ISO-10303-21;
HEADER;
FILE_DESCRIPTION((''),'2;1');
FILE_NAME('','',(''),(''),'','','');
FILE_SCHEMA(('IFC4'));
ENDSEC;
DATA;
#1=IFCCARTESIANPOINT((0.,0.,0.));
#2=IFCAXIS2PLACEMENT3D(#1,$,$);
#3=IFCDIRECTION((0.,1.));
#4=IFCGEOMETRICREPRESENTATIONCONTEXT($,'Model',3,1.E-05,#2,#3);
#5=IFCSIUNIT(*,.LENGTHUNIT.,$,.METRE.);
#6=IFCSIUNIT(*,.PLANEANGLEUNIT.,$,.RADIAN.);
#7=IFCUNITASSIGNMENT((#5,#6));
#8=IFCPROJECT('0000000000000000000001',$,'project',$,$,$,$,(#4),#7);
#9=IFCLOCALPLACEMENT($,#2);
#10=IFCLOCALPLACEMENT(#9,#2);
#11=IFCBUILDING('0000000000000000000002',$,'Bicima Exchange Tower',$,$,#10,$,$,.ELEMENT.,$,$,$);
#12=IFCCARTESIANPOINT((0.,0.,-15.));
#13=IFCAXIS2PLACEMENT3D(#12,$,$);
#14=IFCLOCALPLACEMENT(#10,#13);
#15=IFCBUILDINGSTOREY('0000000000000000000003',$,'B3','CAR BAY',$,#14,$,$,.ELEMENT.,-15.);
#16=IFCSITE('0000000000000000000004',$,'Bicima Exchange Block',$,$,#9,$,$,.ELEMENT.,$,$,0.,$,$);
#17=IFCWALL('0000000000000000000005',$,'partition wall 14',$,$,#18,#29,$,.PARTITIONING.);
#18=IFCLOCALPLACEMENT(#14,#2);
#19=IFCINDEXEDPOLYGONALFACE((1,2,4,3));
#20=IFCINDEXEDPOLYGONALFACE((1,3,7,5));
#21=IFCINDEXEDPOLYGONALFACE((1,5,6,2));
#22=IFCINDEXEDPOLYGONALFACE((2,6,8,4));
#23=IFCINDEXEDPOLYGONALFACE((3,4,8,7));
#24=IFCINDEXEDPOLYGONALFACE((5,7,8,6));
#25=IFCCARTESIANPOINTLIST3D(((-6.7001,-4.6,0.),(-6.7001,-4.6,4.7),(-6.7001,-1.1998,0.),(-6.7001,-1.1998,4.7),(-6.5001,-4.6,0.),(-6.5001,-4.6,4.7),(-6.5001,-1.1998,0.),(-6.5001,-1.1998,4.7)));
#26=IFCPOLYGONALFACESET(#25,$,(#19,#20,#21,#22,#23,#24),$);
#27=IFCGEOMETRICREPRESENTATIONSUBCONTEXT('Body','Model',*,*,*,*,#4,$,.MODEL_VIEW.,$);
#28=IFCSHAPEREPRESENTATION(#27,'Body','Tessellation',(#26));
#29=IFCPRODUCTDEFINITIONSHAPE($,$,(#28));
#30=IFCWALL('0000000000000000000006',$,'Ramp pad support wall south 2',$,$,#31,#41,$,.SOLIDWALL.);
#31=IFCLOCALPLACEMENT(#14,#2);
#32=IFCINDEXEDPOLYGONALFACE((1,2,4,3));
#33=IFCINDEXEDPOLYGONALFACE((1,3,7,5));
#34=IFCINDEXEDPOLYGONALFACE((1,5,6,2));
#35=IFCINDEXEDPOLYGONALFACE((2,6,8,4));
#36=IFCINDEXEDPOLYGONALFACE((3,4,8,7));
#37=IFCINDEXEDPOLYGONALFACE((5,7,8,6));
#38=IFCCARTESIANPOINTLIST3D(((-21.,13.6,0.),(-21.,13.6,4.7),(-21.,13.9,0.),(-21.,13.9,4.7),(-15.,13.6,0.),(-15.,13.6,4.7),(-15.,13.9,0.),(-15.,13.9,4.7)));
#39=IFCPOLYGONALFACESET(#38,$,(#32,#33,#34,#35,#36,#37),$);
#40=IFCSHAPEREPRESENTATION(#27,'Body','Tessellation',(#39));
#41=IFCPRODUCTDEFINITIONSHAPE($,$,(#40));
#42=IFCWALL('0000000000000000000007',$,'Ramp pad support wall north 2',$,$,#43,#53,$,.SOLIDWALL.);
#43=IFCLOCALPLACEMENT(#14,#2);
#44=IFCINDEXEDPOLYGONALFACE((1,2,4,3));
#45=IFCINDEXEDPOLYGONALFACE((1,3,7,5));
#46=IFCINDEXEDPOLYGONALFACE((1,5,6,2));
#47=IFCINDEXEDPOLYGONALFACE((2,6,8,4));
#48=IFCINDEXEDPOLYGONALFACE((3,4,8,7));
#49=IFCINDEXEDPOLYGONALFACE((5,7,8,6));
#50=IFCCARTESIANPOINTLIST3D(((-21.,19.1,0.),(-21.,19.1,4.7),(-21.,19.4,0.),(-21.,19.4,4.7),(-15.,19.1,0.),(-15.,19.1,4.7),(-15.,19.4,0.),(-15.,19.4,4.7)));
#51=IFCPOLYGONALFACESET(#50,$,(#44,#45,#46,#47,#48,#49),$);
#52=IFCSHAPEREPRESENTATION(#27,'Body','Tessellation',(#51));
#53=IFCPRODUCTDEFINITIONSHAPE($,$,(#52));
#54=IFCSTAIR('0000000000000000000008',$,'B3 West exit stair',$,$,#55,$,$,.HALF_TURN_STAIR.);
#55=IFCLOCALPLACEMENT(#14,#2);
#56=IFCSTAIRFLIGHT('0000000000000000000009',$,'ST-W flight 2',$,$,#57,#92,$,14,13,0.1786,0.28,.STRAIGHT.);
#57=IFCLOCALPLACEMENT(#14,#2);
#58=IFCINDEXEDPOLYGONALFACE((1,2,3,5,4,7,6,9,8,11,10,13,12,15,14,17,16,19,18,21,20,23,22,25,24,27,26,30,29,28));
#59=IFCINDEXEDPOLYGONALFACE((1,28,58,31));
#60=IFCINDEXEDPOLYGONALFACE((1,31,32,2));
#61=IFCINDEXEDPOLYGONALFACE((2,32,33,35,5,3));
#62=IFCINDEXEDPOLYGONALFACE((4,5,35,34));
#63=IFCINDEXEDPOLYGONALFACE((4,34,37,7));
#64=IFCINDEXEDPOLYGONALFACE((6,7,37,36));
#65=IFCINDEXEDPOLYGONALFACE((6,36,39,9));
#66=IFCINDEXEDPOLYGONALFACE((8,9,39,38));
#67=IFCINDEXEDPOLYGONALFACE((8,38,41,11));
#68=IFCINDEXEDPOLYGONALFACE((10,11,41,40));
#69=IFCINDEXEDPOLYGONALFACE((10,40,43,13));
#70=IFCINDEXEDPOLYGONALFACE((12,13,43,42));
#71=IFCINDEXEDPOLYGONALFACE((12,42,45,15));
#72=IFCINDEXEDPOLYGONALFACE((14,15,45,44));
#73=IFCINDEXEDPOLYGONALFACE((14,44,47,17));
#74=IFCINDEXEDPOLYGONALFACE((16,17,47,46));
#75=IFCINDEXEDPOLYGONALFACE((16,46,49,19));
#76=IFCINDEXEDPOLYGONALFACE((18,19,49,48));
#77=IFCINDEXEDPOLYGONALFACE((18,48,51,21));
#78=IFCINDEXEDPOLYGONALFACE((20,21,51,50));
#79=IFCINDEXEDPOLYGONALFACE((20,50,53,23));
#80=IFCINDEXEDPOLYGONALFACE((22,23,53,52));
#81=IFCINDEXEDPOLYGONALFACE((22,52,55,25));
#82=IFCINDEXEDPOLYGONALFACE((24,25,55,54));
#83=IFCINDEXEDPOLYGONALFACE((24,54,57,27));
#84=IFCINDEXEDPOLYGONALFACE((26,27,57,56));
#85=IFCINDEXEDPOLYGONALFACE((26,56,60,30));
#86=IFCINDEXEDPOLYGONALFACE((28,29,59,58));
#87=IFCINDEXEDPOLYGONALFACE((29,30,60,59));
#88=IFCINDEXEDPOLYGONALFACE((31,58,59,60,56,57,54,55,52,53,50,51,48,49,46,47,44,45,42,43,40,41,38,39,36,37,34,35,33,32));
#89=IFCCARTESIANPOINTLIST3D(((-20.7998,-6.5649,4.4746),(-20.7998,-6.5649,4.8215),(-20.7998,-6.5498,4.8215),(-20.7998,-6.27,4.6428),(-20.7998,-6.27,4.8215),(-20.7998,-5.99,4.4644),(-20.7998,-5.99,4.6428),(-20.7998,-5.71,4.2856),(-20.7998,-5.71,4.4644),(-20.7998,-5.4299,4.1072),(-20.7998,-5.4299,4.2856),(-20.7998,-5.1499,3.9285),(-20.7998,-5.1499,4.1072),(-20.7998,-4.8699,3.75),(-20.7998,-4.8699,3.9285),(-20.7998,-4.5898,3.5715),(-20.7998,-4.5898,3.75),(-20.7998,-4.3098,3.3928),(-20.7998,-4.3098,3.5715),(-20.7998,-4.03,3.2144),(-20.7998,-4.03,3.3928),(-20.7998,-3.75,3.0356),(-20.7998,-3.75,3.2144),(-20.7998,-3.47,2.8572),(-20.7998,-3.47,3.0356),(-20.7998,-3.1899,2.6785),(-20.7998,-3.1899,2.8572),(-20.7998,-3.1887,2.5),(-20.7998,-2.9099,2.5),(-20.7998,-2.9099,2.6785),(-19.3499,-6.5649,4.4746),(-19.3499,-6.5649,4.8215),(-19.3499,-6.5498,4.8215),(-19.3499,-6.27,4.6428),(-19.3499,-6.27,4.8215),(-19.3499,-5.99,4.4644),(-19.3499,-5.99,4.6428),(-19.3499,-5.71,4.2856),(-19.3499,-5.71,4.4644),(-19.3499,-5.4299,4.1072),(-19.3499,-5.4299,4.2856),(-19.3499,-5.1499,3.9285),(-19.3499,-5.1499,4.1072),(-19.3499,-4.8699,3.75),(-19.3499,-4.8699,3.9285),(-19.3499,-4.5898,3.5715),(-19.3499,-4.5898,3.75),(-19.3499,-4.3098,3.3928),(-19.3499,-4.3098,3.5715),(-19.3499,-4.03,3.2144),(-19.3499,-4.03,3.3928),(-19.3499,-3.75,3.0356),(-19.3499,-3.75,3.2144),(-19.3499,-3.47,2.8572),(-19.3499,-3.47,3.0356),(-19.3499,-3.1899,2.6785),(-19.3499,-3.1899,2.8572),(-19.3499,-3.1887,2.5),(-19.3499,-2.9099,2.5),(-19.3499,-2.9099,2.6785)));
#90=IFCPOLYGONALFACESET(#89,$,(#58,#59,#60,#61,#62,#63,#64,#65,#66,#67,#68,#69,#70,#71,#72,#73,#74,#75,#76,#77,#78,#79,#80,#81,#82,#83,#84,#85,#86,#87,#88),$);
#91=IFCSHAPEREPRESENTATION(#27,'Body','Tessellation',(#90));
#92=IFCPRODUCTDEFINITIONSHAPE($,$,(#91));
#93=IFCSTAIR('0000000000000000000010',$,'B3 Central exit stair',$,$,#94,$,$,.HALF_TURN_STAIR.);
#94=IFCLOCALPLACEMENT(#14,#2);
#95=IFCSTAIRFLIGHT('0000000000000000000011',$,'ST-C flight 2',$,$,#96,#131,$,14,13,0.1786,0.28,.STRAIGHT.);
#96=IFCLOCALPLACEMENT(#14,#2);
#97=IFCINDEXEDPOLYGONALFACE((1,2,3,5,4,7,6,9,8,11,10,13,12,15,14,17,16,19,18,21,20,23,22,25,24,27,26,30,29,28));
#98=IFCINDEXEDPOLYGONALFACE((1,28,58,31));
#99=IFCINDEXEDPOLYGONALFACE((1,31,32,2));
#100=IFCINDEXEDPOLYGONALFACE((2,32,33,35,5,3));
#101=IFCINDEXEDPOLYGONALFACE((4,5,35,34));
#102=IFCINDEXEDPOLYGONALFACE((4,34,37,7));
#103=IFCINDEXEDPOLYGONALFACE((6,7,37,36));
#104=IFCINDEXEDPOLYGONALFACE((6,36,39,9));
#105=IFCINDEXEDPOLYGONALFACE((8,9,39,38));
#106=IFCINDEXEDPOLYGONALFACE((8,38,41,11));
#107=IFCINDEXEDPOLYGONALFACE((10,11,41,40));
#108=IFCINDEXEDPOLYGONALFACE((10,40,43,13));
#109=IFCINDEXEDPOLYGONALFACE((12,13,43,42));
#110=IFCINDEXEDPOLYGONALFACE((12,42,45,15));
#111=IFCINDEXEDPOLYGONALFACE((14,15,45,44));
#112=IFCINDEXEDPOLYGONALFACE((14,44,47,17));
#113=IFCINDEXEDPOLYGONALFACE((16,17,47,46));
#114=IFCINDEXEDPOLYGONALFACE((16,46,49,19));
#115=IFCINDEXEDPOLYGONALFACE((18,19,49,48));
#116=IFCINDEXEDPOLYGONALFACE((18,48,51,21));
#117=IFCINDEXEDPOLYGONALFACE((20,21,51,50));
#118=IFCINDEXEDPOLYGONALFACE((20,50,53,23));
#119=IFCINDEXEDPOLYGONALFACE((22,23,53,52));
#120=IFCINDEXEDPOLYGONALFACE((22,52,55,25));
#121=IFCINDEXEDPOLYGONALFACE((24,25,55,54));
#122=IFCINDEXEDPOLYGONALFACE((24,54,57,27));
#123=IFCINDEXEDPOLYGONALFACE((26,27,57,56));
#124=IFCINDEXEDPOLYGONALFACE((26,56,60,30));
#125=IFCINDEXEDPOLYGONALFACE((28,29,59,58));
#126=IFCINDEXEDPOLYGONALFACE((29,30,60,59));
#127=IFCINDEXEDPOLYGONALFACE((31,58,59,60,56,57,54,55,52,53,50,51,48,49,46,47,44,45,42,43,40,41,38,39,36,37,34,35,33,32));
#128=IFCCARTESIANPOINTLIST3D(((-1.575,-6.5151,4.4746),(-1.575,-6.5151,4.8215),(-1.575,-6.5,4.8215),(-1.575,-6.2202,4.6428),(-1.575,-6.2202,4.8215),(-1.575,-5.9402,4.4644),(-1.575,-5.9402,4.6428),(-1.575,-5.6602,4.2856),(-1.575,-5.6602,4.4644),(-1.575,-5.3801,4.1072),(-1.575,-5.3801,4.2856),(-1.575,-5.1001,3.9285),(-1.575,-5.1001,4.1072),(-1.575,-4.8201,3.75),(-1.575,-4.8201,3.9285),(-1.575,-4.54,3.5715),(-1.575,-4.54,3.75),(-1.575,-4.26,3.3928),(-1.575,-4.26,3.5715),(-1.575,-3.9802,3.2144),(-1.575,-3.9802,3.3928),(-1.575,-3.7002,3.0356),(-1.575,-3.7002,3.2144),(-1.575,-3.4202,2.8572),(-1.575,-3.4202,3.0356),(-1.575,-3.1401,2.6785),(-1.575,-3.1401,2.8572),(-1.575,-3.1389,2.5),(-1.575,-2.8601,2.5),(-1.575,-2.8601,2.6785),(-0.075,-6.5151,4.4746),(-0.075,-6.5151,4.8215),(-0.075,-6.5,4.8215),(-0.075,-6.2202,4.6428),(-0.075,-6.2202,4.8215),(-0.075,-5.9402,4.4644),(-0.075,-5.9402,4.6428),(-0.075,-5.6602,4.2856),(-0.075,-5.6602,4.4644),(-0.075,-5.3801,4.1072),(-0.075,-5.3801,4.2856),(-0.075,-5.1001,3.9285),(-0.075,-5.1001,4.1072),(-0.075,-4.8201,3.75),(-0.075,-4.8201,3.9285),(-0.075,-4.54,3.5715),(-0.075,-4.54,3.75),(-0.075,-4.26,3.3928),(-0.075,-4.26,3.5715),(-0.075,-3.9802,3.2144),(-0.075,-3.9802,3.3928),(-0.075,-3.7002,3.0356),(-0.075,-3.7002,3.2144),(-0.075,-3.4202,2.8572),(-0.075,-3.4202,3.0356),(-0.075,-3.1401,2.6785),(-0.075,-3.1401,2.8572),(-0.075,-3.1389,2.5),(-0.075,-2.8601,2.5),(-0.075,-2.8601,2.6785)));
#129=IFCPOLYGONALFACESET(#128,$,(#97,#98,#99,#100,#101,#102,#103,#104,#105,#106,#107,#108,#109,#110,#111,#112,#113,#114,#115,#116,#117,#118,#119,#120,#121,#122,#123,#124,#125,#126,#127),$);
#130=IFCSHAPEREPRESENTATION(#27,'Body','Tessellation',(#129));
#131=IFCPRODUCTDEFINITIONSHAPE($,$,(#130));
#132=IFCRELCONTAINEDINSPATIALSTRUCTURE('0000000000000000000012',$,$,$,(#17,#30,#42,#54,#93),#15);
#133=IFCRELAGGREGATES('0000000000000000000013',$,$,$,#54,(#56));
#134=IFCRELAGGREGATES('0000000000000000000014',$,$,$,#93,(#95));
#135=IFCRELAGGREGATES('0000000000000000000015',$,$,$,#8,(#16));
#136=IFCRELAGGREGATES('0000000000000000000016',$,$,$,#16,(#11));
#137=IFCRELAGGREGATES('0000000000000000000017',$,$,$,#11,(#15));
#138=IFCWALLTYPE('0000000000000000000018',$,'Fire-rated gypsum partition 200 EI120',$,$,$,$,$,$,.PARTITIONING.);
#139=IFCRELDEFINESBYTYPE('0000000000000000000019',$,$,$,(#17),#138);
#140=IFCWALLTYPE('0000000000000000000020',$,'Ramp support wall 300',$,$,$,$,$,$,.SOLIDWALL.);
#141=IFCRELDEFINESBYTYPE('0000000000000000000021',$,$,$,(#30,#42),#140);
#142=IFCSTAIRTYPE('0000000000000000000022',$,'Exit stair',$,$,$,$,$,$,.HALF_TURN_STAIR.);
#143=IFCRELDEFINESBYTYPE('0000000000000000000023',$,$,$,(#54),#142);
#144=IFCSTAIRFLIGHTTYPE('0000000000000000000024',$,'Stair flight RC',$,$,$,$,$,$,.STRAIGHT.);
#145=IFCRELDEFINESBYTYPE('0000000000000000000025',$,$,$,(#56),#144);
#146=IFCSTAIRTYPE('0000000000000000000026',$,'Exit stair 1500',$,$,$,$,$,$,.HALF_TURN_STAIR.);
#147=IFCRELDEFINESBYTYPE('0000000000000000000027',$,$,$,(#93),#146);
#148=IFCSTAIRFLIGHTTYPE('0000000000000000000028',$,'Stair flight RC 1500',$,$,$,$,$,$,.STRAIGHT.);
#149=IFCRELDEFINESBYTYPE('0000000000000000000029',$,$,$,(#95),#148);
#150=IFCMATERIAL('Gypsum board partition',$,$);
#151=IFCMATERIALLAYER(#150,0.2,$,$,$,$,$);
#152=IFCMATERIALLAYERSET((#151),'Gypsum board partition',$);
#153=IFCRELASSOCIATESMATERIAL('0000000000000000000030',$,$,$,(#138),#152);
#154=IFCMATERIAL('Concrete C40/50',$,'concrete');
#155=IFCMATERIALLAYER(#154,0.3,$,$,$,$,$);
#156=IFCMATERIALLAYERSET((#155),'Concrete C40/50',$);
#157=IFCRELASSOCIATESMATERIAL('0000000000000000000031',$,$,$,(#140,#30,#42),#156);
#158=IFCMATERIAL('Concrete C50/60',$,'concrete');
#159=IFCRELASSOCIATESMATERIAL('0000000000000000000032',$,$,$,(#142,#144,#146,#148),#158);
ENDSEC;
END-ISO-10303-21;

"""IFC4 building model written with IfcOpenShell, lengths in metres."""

from ifc_helpers import new_model, si_unit, direction, frame, frame_2d, origin, place, context, subcontext, project, spatial, polyline, rectangle, outline, extrude, material, layer, layer_set, layer_usage, type_object, element, aggregate, save


model = new_model("IFC4")

# Units and contexts
model_context = context("Model", 3, precision=1e-05, world=origin(), true_north=direction((0.0, 1.0)))
body_context = subcontext(model_context, "Body", "Model", "MODEL_VIEW")
ifc_project = project(units=[si_unit("LENGTHUNIT", "METRE"), si_unit("PLANEANGLEUNIT", "RADIAN")], contexts=[model_context])

# Site, building, storey
site_placement = place(None, origin())
site = spatial("IfcSite", under=ifc_project, at=site_placement, Name="Bicima Exchange Block", CompositionType="ELEMENT", RefElevation=0.0)
building_placement = place(site_placement, origin())
building = spatial("IfcBuilding", under=site, at=building_placement, Name="Bicima Exchange Tower", CompositionType="ELEMENT")
storey_placement = place(building_placement, frame((0.0, 0.0, -15.0)))
storey = spatial("IfcBuildingStorey", under=building, at=storey_placement, Name="B3", Description="CAR BAY", CompositionType="ELEMENT", Elevation=-15.0)

# Shared definitions
ifc_material_1 = material(Name="Concrete C40/50", Category="concrete")

# Walls
ifc_material_2 = material(Name="Gypsum board partition")
ifc_layer_1 = layer(ifc_material_2, 0.2)
ifc_layer_set_1 = layer_set([ifc_layer_1], Name="Gypsum board partition")
wall_type_1 = type_object("IfcWallType", Name="Fire-rated gypsum partition 200 EI120", PredefinedType="PARTITIONING", material=ifc_layer_set_1)
for number, where, z_axis, x_axis, name in (
    (1, (-6.6001, -4.6001, 0.0), (0.0, 0.0, 1.0), (0.0, 1.0, 0.0), "partition wall 14"),
):
    element("IfcWall", number, at=place(storey_placement, frame(where, z_axis=z_axis, x_axis=x_axis)), inside=storey, type_object=wall_type_1, Name=name, PredefinedType="PARTITIONING", context=body_context, shape_type="SweptSolid", body=[
        extrude(rectangle(XDim=3.4001, YDim=0.2, at=frame_2d((1.7002, 0.0))), origin(), (0.0, 0.0, 1.0), 4.7),
    ])
ifc_layer_2 = layer(ifc_material_1, 0.3)
ifc_layer_set_2 = layer_set([ifc_layer_2], Name="Concrete C40/50")
ifc_layer_usage = layer_usage(ifc_layer_set_2, "AXIS2", "POSITIVE", -0.15)
wall_type_2 = type_object("IfcWallType", Name="Ramp support wall 300", PredefinedType="SOLIDWALL", material=ifc_layer_set_2)
for number, where, z_axis, x_axis, name in (
    (2, (-21.0, 13.75, 0.0), (0.0, 0.0, 1.0), (1.0, 0.0, 0.0), "Ramp pad support wall south 2"),
    (3, (-21.0, 19.25, 0.0), (0.0, 0.0, 1.0), (1.0, 0.0, 0.0), "Ramp pad support wall north 2"),
):
    element("IfcWall", number, at=place(storey_placement, frame(where, z_axis=z_axis, x_axis=x_axis)), inside=storey, type_object=wall_type_2, material=ifc_layer_usage, Name=name, PredefinedType="SOLIDWALL", context=body_context, shape_type="SweptSolid", body=[
        extrude(rectangle(XDim=6.0, YDim=0.3, at=frame_2d((3.0, 0.0))), origin(), (0.0, 0.0, 1.0), 4.7),
    ])

# Stairs, stair flights
ifc_material_3 = material(Name="Concrete C50/60", Category="concrete")
stair_type_1 = type_object("IfcStairType", Name="Exit stair", PredefinedType="HALF_TURN_STAIR", material=ifc_material_3)
stair_1_placement = place(storey_placement, origin())
stair_1 = element("IfcStair", 4, at=stair_1_placement, inside=storey, type_object=stair_type_1, Name="B3 West exit stair", PredefinedType="HALF_TURN_STAIR")
stair_flight_type_1 = type_object("IfcStairFlightType", Name="Stair flight RC", PredefinedType="STRAIGHT", material=ifc_material_3)
stair_flight_1_placement = place(storey_placement, frame((-20.075, -2.9099, 2.5), z_axis=(0.0, 0.0, 1.0), x_axis=(0.0, -1.0, 0.0)))
stair_flight_1 = element("IfcStairFlight", 5, at=stair_flight_1_placement, type_object=stair_flight_type_1, Name="ST-W flight 2", NumberOfRisers=14, NumberOfTreads=13, PredefinedType="STRAIGHT", RiserHeight=0.1786, TreadLength=0.28, context=body_context, shape_type="SweptSolid", body=[
    extrude(outline(polyline([(0.0, 0.0), (0.0, 0.1785), (0.28, 0.1785), (0.28, 0.3572), (0.5601, 0.3572), (0.5601, 0.5356), (0.8401, 0.5356), (0.8401, 0.7144), (1.1201, 0.7144), (1.1201, 0.8928), (1.3999, 0.8928), (1.3999, 1.0715), (1.6799, 1.0715), (1.6799, 1.25), (1.96, 1.25), (1.96, 1.4285), (2.24, 1.4285), (2.24, 1.6072), (2.52, 1.6072), (2.52, 1.7856), (2.8, 1.7856), (2.8, 1.9644), (3.0801, 1.9644), (3.0801, 2.1428), (3.3601, 2.1428), (3.3601, 2.3215), (3.6399, 2.3215), (3.655, 2.3215), (3.655, 1.9746), (0.2788, 0.0), (0.0, 0.0)])), frame((0.0, 0.7251, 0.0), z_axis=(0.0, -1.0, 0.0), x_axis=(1.0, 0.0, 0.0)), (0.0, 0.0, 1.0), 1.45),
])
aggregate(stair_1, [stair_flight_1])
stair_type_2 = type_object("IfcStairType", Name="Exit stair 1500", PredefinedType="HALF_TURN_STAIR", material=ifc_material_3)
stair_2_placement = place(storey_placement, origin())
stair_2 = element("IfcStair", 6, at=stair_2_placement, inside=storey, type_object=stair_type_2, Name="B3 Central exit stair", PredefinedType="HALF_TURN_STAIR")
stair_flight_type_2 = type_object("IfcStairFlightType", Name="Stair flight RC 1500", PredefinedType="STRAIGHT", material=ifc_material_3)
stair_flight_2_placement = place(storey_placement, frame((-0.825, -2.8601, 2.5), z_axis=(0.0, 0.0, 1.0), x_axis=(0.0, -1.0, 0.0)))
stair_flight_2 = element("IfcStairFlight", 7, at=stair_flight_2_placement, type_object=stair_flight_type_2, Name="ST-C flight 2", NumberOfRisers=14, NumberOfTreads=13, PredefinedType="STRAIGHT", RiserHeight=0.1786, TreadLength=0.28, context=body_context, shape_type="SweptSolid", body=[
    extrude(outline(polyline([(0.0, 0.0), (0.0, 0.1785), (0.28, 0.1785), (0.28, 0.3572), (0.5601, 0.3572), (0.5601, 0.5356), (0.8401, 0.5356), (0.8401, 0.7144), (1.1201, 0.7144), (1.1201, 0.8928), (1.3999, 0.8928), (1.3999, 1.0715), (1.6799, 1.0715), (1.6799, 1.25), (1.96, 1.25), (1.96, 1.4285), (2.24, 1.4285), (2.24, 1.6072), (2.52, 1.6072), (2.52, 1.7856), (2.8, 1.7856), (2.8, 1.9644), (3.0801, 1.9644), (3.0801, 2.1428), (3.3601, 2.1428), (3.3601, 2.3215), (3.6399, 2.3215), (3.655, 2.3215), (3.655, 1.9746), (0.2788, 0.0), (0.0, 0.0)])), frame((0.0, 0.75, 0.0), z_axis=(0.0, -1.0, 0.0), x_axis=(1.0, 0.0, 0.0)), (0.0, 0.0, 1.0), 1.5),
])
aggregate(stair_2, [stair_flight_2])

save(model, "model.ifc")
